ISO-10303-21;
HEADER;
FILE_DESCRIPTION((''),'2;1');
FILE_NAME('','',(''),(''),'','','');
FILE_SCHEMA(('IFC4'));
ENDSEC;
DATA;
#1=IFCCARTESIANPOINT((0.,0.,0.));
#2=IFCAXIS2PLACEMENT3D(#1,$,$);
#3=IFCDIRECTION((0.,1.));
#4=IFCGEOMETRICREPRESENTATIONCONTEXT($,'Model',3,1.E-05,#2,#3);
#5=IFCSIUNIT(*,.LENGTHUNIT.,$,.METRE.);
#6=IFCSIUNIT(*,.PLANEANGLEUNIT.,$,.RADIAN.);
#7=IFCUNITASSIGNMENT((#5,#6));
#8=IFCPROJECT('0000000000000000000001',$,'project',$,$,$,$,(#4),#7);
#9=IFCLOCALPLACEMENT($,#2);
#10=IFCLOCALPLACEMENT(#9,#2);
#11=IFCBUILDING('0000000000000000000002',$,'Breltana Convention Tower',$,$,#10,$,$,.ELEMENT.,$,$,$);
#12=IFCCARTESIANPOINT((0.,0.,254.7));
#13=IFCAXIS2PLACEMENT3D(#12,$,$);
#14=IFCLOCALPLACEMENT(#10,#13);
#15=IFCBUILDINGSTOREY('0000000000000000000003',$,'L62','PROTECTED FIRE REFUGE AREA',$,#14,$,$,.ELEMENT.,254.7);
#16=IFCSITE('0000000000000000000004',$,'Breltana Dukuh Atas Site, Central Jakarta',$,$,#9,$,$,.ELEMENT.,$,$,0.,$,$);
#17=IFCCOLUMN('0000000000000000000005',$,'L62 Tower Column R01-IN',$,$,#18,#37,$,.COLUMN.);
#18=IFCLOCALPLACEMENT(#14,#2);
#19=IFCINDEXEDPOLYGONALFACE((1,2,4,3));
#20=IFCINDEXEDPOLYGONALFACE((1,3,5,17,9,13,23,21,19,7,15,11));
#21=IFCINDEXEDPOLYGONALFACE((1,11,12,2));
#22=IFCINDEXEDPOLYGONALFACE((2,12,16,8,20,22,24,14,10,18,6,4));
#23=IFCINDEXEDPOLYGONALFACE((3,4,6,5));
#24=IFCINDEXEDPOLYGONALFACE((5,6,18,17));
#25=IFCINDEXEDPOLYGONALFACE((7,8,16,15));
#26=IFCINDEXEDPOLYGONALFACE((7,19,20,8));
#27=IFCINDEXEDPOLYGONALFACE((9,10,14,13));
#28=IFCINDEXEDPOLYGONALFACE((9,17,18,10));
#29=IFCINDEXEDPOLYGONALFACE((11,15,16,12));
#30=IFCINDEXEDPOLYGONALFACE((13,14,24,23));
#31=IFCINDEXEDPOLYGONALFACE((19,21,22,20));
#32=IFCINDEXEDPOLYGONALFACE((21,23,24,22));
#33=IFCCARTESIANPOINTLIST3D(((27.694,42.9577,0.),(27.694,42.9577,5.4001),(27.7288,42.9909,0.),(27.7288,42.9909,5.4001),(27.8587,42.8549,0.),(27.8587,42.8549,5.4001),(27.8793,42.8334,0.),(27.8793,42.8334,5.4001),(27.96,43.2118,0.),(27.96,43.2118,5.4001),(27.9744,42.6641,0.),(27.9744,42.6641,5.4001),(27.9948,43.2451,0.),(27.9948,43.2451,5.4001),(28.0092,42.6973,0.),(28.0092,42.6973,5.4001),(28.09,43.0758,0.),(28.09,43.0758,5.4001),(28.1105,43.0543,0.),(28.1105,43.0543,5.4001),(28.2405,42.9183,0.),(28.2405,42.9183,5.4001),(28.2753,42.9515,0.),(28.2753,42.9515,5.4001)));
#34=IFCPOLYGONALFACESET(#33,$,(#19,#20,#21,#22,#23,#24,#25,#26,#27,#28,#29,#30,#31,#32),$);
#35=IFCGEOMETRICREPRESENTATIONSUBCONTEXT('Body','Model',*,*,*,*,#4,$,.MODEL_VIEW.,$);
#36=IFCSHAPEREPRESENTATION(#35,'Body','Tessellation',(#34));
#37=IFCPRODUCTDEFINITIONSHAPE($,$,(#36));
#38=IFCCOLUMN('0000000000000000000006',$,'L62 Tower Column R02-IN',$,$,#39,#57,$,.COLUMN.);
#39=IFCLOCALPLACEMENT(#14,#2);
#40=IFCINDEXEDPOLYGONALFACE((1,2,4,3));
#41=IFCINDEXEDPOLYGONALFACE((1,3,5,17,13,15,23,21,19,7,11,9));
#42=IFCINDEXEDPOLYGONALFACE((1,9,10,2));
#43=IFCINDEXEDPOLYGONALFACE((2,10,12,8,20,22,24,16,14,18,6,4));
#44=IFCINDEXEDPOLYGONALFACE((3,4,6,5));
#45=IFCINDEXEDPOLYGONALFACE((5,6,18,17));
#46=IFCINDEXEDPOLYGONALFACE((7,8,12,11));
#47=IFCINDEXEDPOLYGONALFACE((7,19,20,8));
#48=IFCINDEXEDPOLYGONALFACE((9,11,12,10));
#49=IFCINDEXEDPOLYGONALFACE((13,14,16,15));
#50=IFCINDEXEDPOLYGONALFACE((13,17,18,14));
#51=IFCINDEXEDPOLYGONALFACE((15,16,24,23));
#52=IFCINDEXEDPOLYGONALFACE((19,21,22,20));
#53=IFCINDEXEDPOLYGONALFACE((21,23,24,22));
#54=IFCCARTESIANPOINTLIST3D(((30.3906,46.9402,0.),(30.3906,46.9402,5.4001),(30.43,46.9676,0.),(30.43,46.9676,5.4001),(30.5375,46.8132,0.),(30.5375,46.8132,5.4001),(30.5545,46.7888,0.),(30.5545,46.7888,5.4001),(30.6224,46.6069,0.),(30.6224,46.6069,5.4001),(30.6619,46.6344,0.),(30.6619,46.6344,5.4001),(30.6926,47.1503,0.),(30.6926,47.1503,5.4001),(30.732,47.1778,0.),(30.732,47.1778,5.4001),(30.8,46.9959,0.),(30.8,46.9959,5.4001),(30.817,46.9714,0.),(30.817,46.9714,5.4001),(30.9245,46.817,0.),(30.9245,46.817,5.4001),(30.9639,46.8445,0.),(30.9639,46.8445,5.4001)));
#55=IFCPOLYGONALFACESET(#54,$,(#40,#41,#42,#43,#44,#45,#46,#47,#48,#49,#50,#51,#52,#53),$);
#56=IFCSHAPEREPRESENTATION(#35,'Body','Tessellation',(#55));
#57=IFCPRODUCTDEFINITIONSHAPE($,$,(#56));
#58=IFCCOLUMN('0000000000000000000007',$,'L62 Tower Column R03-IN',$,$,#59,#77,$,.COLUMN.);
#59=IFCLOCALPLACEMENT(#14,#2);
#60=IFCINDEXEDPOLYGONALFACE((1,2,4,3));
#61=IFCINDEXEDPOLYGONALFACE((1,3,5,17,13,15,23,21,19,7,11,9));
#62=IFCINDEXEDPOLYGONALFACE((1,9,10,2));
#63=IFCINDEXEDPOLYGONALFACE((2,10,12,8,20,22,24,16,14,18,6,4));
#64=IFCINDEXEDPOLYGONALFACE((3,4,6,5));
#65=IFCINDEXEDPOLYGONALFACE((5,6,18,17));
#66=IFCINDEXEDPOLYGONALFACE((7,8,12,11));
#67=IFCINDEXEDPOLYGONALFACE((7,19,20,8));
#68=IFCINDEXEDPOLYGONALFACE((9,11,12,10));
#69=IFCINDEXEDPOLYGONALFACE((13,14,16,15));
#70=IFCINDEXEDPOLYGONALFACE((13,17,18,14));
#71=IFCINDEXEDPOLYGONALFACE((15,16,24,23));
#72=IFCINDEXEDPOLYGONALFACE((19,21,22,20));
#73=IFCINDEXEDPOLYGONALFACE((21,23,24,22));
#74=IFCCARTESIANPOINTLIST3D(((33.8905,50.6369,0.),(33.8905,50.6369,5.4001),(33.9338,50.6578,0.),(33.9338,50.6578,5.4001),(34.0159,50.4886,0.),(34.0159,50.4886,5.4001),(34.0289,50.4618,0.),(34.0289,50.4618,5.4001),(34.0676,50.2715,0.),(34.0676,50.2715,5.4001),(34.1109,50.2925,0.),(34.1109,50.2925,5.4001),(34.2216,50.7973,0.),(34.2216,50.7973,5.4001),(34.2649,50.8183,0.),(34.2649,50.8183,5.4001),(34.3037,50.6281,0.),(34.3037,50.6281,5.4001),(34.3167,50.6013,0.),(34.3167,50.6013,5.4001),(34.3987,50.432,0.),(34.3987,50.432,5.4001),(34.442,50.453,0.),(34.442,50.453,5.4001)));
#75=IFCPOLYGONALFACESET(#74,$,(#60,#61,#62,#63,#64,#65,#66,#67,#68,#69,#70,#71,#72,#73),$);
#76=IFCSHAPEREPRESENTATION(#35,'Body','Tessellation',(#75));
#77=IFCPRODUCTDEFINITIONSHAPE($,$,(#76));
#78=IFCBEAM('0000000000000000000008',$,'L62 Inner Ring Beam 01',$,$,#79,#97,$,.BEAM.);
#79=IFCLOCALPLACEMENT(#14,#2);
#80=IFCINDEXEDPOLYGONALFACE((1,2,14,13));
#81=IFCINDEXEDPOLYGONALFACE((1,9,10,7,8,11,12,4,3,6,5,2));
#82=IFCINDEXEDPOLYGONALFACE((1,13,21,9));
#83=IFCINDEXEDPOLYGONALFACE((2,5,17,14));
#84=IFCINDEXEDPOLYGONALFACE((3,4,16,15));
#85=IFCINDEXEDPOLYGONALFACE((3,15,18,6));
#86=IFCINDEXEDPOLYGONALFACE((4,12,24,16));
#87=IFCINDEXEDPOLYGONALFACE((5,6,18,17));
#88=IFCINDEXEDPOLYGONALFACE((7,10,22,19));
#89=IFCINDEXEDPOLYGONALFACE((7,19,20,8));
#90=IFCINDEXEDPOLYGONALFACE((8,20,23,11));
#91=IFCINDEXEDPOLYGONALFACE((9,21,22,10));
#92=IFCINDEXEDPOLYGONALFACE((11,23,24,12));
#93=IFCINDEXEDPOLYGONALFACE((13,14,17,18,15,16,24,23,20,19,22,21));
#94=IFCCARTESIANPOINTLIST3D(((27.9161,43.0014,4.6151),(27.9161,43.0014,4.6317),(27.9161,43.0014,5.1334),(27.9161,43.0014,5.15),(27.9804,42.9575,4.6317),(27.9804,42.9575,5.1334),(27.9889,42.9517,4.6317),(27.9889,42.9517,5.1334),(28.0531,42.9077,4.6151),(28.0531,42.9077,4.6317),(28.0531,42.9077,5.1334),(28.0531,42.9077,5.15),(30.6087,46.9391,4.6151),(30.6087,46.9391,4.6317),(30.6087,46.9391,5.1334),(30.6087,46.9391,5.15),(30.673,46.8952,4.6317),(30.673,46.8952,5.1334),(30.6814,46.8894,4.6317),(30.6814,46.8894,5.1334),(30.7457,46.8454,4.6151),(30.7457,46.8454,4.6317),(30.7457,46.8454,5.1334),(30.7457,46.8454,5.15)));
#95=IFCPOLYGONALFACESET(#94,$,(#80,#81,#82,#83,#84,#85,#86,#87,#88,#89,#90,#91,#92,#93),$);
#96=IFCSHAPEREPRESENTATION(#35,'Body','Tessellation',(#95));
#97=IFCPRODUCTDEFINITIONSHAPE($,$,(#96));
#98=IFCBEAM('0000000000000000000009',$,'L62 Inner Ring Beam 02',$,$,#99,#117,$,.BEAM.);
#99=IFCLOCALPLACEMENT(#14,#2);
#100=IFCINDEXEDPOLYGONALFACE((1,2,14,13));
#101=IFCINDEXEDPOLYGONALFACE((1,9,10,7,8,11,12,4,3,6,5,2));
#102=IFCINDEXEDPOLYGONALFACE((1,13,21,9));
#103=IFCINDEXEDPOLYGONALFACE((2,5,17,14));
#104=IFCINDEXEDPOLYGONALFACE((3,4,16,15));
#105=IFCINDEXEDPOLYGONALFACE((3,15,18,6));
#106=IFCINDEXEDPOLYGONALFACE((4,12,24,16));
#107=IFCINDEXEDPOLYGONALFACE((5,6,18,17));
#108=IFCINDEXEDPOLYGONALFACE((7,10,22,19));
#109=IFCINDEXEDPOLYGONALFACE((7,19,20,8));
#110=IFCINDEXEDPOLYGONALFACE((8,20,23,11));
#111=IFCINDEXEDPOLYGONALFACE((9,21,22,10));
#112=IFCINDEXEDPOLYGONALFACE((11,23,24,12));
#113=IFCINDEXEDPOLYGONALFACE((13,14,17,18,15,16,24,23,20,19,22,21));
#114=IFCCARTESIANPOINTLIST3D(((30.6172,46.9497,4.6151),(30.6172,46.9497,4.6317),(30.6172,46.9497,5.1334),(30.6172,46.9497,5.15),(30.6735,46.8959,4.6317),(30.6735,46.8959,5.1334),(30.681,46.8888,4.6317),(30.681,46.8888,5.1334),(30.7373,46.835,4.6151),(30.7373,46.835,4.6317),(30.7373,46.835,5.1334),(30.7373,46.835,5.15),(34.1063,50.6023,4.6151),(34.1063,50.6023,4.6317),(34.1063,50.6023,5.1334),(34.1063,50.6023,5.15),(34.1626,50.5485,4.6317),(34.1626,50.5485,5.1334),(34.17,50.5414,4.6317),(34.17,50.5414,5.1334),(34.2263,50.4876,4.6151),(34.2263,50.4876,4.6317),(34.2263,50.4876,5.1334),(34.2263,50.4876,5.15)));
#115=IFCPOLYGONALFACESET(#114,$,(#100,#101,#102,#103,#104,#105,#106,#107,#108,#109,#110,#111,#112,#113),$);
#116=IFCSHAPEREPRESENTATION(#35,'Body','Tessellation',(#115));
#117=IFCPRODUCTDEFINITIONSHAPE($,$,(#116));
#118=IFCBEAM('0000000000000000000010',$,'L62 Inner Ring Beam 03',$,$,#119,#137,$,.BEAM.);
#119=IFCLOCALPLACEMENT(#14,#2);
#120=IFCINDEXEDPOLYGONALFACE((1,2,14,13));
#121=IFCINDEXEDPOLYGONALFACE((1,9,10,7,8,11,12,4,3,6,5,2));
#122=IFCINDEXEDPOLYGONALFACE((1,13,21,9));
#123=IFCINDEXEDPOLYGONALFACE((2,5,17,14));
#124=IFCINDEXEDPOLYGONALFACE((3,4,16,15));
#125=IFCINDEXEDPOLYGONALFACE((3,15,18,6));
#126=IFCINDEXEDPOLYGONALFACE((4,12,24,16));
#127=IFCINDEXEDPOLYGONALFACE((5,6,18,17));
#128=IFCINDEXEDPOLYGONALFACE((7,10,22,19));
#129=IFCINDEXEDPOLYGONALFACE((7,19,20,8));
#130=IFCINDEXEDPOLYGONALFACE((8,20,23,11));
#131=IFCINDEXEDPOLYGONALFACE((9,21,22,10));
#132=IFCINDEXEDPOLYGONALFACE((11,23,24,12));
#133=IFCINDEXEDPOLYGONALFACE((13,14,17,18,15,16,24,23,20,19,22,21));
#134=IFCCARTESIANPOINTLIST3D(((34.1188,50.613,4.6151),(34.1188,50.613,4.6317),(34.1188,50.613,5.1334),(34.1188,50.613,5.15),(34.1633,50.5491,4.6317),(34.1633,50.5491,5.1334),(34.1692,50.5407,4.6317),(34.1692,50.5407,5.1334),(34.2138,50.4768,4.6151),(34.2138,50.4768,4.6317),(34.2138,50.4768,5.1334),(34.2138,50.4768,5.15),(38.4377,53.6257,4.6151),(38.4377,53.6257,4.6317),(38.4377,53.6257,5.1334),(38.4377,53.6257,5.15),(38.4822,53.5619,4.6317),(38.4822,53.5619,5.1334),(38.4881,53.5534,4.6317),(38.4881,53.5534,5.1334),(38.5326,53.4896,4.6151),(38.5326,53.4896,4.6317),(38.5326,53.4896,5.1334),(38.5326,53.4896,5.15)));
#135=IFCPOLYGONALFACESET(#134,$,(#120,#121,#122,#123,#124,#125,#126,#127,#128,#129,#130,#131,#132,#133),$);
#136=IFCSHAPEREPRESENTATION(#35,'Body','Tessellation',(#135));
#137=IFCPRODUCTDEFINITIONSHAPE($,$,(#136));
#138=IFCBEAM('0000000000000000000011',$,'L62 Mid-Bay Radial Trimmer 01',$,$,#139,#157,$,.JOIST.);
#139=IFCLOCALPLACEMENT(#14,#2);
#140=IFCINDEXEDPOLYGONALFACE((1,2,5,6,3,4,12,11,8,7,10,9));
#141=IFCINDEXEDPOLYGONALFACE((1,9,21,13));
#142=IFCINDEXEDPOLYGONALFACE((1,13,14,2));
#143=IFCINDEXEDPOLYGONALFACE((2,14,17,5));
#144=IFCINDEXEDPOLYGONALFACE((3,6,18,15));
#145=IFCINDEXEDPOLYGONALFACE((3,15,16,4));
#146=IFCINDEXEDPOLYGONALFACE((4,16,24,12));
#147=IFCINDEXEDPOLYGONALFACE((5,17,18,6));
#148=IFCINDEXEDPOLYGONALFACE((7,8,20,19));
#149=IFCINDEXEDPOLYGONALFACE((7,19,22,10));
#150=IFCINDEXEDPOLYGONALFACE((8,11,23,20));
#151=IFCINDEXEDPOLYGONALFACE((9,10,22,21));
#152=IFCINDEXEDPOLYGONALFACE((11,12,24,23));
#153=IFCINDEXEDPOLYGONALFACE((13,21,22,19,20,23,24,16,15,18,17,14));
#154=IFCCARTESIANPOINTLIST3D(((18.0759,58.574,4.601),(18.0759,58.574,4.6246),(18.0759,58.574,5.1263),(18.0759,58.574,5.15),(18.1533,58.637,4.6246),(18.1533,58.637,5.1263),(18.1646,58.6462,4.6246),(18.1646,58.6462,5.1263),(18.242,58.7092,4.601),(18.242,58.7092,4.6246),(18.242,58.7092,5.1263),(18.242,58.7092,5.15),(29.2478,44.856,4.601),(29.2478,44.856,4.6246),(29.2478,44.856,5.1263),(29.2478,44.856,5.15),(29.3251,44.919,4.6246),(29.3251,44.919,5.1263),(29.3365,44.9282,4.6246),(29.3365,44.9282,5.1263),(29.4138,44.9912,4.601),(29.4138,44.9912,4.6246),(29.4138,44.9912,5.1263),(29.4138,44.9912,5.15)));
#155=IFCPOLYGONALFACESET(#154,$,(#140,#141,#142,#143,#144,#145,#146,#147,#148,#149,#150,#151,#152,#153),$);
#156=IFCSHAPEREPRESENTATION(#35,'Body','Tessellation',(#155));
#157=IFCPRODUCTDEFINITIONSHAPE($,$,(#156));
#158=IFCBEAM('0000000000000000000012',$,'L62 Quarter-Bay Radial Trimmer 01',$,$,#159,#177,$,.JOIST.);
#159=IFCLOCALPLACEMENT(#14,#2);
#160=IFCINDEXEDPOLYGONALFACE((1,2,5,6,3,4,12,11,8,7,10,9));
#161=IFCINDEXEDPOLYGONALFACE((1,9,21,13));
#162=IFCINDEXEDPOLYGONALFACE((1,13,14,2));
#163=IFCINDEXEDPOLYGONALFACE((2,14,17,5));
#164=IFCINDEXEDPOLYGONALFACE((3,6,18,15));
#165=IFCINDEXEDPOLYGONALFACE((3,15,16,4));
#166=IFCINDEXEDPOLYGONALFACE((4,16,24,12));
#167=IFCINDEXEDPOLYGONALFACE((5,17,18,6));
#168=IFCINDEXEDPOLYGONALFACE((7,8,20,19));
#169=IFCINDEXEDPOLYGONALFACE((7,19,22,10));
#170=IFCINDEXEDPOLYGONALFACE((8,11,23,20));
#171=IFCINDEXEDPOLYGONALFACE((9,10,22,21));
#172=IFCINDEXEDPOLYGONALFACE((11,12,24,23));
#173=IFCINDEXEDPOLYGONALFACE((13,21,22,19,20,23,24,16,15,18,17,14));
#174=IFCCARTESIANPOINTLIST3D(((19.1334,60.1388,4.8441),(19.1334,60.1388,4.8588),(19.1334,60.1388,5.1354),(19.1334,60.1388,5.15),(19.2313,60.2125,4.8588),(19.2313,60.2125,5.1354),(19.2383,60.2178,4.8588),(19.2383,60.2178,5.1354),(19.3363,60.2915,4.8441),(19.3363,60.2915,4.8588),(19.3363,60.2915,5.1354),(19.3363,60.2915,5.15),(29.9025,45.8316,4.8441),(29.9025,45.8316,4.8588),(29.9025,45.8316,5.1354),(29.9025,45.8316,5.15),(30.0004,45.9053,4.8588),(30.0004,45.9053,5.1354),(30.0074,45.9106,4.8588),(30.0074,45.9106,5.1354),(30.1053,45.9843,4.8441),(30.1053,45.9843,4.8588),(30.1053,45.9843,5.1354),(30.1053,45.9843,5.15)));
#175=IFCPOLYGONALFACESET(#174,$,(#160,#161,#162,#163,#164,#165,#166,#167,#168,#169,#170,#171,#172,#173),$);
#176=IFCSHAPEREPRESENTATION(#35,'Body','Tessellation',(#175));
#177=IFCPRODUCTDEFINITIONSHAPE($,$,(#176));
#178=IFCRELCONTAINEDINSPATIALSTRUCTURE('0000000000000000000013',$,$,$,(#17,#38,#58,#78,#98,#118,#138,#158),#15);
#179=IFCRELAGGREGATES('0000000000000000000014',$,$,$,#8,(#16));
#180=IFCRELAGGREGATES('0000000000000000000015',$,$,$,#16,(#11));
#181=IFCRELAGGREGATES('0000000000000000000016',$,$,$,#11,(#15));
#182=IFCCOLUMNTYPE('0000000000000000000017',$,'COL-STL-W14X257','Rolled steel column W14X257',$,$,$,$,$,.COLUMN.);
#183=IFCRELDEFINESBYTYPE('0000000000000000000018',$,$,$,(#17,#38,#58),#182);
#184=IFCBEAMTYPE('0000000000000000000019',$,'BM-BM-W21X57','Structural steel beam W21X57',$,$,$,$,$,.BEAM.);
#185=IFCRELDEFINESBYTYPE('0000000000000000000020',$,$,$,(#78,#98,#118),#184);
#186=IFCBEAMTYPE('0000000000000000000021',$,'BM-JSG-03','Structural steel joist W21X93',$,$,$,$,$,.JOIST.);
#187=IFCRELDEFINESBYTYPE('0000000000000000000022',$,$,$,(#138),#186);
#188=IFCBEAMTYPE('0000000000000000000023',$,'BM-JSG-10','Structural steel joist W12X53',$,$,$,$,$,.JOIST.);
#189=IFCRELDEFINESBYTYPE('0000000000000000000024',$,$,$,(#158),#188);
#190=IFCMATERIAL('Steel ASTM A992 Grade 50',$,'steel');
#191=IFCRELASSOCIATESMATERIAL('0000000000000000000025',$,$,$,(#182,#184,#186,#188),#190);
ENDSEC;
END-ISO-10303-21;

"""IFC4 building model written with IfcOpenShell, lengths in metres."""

from ifc_helpers import new_model, si_unit, direction, frame, origin, origin_2d, place, context, subcontext, project, spatial, i_section, extrude, source, transform, mapped, material, material_profile, profile_set, type_object, element, save


model = new_model("IFC4")

# Units and contexts
model_context = context("Model", 3, precision=1e-05, world=origin(), true_north=direction((0.0, 1.0)))
body_context = subcontext(model_context, "Body", "Model", "MODEL_VIEW")
ifc_project = project(units=[si_unit("LENGTHUNIT", "METRE"), si_unit("PLANEANGLEUNIT", "RADIAN")], contexts=[model_context])

# Site, building, storey
site_placement = place(None, origin())
site = spatial("IfcSite", under=ifc_project, at=site_placement, Name="Breltana Dukuh Atas Site, Central Jakarta", CompositionType="ELEMENT", RefElevation=0.0)
building_placement = place(site_placement, origin())
building = spatial("IfcBuilding", under=site, at=building_placement, Name="Breltana Convention Tower", CompositionType="ELEMENT")
storey_placement = place(building_placement, frame((0.0, 0.0, 254.7)))
storey = spatial("IfcBuildingStorey", under=building, at=storey_placement, Name="L62", Description="PROTECTED FIRE REFUGE AREA", CompositionType="ELEMENT", Elevation=254.7)

# Columns
ifc_material_1 = material(Name="Steel ASTM A992 Grade 50", Category="steel")
ifc_material_profile_1 = material_profile(ifc_material_1, i_section(OverallWidth=0.406, OverallDepth=0.416, WebThickness=0.0298, FlangeThickness=0.0481, at=origin_2d()), Name="W14X257")
ifc_profile_set_1 = profile_set([ifc_material_profile_1], Name="Steel ASTM A992 Grade 50")
column_type = type_object("IfcColumnType", Name="COL-STL-W14X257", Description="Rolled steel column W14X257", PredefinedType="COLUMN", material=ifc_profile_set_1)
shared_shape_1 = source(origin(), body_context, "Body", "SweptSolid", [
    extrude(i_section(OverallWidth=0.406, OverallDepth=0.416, WebThickness=0.0298, FlangeThickness=0.0481, at=origin_2d()), origin(), (0.0, 0.0, 1.0), 5.4001),
])
for number, where, z_axis, x_axis, name in (
    (1, (27.9846, 42.9546, 0.0), (0.0, 0.0, 1.0), (-0.690756, 0.723088, 0.0), "L62 Tower Column R01-IN"),
    (2, (30.6772, 46.8923, 0.0), (0.0, 0.0, 1.0), (-0.571143, 0.82085, 0.0), "L62 Tower Column R02-IN"),
    (3, (34.1663, 50.5449, 0.0), (0.0, 0.0, 1.0), (-0.436174, 0.899863, 0.0), "L62 Tower Column R03-IN"),
):
    element("IfcColumn", number, at=place(storey_placement, frame(where, z_axis=z_axis, x_axis=x_axis)), inside=storey, type_object=column_type, Name=name, PredefinedType="COLUMN", context=body_context, shape_type="MappedRepresentation", body=[
        mapped(shared_shape_1, transform((0.0, 0.0, 0.0), scale=1.0)),
    ])

# Beams
ifc_material_profile_2 = material_profile(ifc_material_1, i_section(OverallWidth=0.166, OverallDepth=0.5349, WebThickness=0.0103, FlangeThickness=0.0166, at=origin_2d()), Name="W21X57")
ifc_profile_set_2 = profile_set([ifc_material_profile_2], Name="Steel ASTM A992 Grade 50")
beam_type_1 = type_object("IfcBeamType", Name="BM-BM-W21X57", Description="Structural steel beam W21X57", PredefinedType="BEAM", material=ifc_profile_set_2)
shared_shape_2 = source(origin(), body_context, "Body", "SweptSolid", [
    extrude(i_section(OverallWidth=0.166, OverallDepth=0.5349, WebThickness=0.0103, FlangeThickness=0.0166, at=origin_2d()), origin(), (0.0, 0.0, 1.0), 4.7703),
])
beam_1_placement = place(storey_placement, frame((27.9846, 42.9546, 4.8826), z_axis=(0.564453, 0.825465, 0.0), x_axis=(-0.825465, 0.564453, 0.0)))
element("IfcBeam", 4, at=beam_1_placement, inside=storey, type_object=beam_type_1, Name="L62 Inner Ring Beam 01", PredefinedType="BEAM", context=body_context, shape_type="MappedRepresentation", body=[
    mapped(shared_shape_2, transform((0.0, 0.0, 0.0), scale=1.0)),
])
shared_shape_3 = source(origin(), body_context, "Body", "SweptSolid", [
    extrude(i_section(OverallWidth=0.166, OverallDepth=0.5349, WebThickness=0.0103, FlangeThickness=0.0166, at=origin_2d()), origin(), (0.0, 0.0, 1.0), 5.0513),
])
beam_2_placement = place(storey_placement, frame((30.6772, 46.8923, 4.8826), z_axis=(0.69073, 0.723113, 0.0), x_axis=(-0.723113, 0.69073, 0.0)))
element("IfcBeam", 5, at=beam_2_placement, inside=storey, type_object=beam_type_1, Name="L62 Inner Ring Beam 02", PredefinedType="BEAM", context=body_context, shape_type="MappedRepresentation", body=[
    mapped(shared_shape_3, transform((0.0, 0.0, 0.0), scale=1.0)),
])
shared_shape_4 = source(origin(), body_context, "Body", "SweptSolid", [
    extrude(i_section(OverallWidth=0.166, OverallDepth=0.5349, WebThickness=0.0103, FlangeThickness=0.0166, at=origin_2d()), origin(), (0.0, 0.0, 1.0), 5.2659),
])
beam_3_placement = place(storey_placement, frame((34.1663, 50.5449, 4.8826), z_axis=(0.820167, 0.572124, 0.0), x_axis=(-0.572124, 0.820167, 0.0)))
element("IfcBeam", 6, at=beam_3_placement, inside=storey, type_object=beam_type_1, Name="L62 Inner Ring Beam 03", PredefinedType="BEAM", context=body_context, shape_type="MappedRepresentation", body=[
    mapped(shared_shape_4, transform((0.0, 0.0, 0.0), scale=1.0)),
])
ifc_material_profile_3 = material_profile(ifc_material_1, i_section(OverallWidth=0.2141, OverallDepth=0.5491, WebThickness=0.0146, FlangeThickness=0.0237, at=origin_2d()), Name="W21X93")
ifc_profile_set_3 = profile_set([ifc_material_profile_3], Name="Steel ASTM A992 Grade 50")
beam_type_2 = type_object("IfcBeamType", Name="BM-JSG-03", Description="Structural steel joist W21X93", PredefinedType="JOIST", material=ifc_profile_set_3)
shared_shape_5 = source(origin(), body_context, "Body", "SweptSolid", [
    extrude(i_section(OverallWidth=0.2141, OverallDepth=0.5491, WebThickness=0.0146, FlangeThickness=0.0237, at=origin_2d()), origin(), (0.0, 0.0, 1.0), 17.6917),
])
beam_4_placement = place(storey_placement, frame((29.3308, 44.9236, 4.8755), z_axis=(-0.631477, 0.775395, 0.0), x_axis=(-0.775395, -0.631477, 0.0)))
element("IfcBeam", 7, at=beam_4_placement, inside=storey, type_object=beam_type_2, Name="L62 Mid-Bay Radial Trimmer 01", PredefinedType="JOIST", context=body_context, shape_type="MappedRepresentation", body=[
    mapped(shared_shape_5, transform((0.0, 0.0, 0.0), scale=1.0)),
])
ifc_material_profile_4 = material_profile(ifc_material_1, i_section(OverallWidth=0.2539, OverallDepth=0.3059, WebThickness=0.0088, FlangeThickness=0.0146, at=origin_2d()), Name="W12X53")
ifc_profile_set_4 = profile_set([ifc_material_profile_4], Name="Steel ASTM A992 Grade 50")
beam_type_3 = type_object("IfcBeamType", Name="BM-JSG-10", Description="Structural steel joist W12X53", PredefinedType="JOIST", material=ifc_profile_set_4)
shared_shape_6 = source(origin(), body_context, "Body", "SweptSolid", [
    extrude(i_section(OverallWidth=0.2539, OverallDepth=0.3059, WebThickness=0.0088, FlangeThickness=0.0146, at=origin_2d()), origin(), (0.0, 0.0, 1.0), 17.9072),
])
beam_5_placement = place(storey_placement, frame((30.0039, 45.908, 4.9971), z_axis=(-0.601382, 0.798962, 0.0), x_axis=(-0.798962, -0.601382, 0.0)))
element("IfcBeam", 8, at=beam_5_placement, inside=storey, type_object=beam_type_3, Name="L62 Quarter-Bay Radial Trimmer 01", PredefinedType="JOIST", context=body_context, shape_type="MappedRepresentation", body=[
    mapped(shared_shape_6, transform((0.0, 0.0, 0.0), scale=1.0)),
])

save(model, "model.ifc")
